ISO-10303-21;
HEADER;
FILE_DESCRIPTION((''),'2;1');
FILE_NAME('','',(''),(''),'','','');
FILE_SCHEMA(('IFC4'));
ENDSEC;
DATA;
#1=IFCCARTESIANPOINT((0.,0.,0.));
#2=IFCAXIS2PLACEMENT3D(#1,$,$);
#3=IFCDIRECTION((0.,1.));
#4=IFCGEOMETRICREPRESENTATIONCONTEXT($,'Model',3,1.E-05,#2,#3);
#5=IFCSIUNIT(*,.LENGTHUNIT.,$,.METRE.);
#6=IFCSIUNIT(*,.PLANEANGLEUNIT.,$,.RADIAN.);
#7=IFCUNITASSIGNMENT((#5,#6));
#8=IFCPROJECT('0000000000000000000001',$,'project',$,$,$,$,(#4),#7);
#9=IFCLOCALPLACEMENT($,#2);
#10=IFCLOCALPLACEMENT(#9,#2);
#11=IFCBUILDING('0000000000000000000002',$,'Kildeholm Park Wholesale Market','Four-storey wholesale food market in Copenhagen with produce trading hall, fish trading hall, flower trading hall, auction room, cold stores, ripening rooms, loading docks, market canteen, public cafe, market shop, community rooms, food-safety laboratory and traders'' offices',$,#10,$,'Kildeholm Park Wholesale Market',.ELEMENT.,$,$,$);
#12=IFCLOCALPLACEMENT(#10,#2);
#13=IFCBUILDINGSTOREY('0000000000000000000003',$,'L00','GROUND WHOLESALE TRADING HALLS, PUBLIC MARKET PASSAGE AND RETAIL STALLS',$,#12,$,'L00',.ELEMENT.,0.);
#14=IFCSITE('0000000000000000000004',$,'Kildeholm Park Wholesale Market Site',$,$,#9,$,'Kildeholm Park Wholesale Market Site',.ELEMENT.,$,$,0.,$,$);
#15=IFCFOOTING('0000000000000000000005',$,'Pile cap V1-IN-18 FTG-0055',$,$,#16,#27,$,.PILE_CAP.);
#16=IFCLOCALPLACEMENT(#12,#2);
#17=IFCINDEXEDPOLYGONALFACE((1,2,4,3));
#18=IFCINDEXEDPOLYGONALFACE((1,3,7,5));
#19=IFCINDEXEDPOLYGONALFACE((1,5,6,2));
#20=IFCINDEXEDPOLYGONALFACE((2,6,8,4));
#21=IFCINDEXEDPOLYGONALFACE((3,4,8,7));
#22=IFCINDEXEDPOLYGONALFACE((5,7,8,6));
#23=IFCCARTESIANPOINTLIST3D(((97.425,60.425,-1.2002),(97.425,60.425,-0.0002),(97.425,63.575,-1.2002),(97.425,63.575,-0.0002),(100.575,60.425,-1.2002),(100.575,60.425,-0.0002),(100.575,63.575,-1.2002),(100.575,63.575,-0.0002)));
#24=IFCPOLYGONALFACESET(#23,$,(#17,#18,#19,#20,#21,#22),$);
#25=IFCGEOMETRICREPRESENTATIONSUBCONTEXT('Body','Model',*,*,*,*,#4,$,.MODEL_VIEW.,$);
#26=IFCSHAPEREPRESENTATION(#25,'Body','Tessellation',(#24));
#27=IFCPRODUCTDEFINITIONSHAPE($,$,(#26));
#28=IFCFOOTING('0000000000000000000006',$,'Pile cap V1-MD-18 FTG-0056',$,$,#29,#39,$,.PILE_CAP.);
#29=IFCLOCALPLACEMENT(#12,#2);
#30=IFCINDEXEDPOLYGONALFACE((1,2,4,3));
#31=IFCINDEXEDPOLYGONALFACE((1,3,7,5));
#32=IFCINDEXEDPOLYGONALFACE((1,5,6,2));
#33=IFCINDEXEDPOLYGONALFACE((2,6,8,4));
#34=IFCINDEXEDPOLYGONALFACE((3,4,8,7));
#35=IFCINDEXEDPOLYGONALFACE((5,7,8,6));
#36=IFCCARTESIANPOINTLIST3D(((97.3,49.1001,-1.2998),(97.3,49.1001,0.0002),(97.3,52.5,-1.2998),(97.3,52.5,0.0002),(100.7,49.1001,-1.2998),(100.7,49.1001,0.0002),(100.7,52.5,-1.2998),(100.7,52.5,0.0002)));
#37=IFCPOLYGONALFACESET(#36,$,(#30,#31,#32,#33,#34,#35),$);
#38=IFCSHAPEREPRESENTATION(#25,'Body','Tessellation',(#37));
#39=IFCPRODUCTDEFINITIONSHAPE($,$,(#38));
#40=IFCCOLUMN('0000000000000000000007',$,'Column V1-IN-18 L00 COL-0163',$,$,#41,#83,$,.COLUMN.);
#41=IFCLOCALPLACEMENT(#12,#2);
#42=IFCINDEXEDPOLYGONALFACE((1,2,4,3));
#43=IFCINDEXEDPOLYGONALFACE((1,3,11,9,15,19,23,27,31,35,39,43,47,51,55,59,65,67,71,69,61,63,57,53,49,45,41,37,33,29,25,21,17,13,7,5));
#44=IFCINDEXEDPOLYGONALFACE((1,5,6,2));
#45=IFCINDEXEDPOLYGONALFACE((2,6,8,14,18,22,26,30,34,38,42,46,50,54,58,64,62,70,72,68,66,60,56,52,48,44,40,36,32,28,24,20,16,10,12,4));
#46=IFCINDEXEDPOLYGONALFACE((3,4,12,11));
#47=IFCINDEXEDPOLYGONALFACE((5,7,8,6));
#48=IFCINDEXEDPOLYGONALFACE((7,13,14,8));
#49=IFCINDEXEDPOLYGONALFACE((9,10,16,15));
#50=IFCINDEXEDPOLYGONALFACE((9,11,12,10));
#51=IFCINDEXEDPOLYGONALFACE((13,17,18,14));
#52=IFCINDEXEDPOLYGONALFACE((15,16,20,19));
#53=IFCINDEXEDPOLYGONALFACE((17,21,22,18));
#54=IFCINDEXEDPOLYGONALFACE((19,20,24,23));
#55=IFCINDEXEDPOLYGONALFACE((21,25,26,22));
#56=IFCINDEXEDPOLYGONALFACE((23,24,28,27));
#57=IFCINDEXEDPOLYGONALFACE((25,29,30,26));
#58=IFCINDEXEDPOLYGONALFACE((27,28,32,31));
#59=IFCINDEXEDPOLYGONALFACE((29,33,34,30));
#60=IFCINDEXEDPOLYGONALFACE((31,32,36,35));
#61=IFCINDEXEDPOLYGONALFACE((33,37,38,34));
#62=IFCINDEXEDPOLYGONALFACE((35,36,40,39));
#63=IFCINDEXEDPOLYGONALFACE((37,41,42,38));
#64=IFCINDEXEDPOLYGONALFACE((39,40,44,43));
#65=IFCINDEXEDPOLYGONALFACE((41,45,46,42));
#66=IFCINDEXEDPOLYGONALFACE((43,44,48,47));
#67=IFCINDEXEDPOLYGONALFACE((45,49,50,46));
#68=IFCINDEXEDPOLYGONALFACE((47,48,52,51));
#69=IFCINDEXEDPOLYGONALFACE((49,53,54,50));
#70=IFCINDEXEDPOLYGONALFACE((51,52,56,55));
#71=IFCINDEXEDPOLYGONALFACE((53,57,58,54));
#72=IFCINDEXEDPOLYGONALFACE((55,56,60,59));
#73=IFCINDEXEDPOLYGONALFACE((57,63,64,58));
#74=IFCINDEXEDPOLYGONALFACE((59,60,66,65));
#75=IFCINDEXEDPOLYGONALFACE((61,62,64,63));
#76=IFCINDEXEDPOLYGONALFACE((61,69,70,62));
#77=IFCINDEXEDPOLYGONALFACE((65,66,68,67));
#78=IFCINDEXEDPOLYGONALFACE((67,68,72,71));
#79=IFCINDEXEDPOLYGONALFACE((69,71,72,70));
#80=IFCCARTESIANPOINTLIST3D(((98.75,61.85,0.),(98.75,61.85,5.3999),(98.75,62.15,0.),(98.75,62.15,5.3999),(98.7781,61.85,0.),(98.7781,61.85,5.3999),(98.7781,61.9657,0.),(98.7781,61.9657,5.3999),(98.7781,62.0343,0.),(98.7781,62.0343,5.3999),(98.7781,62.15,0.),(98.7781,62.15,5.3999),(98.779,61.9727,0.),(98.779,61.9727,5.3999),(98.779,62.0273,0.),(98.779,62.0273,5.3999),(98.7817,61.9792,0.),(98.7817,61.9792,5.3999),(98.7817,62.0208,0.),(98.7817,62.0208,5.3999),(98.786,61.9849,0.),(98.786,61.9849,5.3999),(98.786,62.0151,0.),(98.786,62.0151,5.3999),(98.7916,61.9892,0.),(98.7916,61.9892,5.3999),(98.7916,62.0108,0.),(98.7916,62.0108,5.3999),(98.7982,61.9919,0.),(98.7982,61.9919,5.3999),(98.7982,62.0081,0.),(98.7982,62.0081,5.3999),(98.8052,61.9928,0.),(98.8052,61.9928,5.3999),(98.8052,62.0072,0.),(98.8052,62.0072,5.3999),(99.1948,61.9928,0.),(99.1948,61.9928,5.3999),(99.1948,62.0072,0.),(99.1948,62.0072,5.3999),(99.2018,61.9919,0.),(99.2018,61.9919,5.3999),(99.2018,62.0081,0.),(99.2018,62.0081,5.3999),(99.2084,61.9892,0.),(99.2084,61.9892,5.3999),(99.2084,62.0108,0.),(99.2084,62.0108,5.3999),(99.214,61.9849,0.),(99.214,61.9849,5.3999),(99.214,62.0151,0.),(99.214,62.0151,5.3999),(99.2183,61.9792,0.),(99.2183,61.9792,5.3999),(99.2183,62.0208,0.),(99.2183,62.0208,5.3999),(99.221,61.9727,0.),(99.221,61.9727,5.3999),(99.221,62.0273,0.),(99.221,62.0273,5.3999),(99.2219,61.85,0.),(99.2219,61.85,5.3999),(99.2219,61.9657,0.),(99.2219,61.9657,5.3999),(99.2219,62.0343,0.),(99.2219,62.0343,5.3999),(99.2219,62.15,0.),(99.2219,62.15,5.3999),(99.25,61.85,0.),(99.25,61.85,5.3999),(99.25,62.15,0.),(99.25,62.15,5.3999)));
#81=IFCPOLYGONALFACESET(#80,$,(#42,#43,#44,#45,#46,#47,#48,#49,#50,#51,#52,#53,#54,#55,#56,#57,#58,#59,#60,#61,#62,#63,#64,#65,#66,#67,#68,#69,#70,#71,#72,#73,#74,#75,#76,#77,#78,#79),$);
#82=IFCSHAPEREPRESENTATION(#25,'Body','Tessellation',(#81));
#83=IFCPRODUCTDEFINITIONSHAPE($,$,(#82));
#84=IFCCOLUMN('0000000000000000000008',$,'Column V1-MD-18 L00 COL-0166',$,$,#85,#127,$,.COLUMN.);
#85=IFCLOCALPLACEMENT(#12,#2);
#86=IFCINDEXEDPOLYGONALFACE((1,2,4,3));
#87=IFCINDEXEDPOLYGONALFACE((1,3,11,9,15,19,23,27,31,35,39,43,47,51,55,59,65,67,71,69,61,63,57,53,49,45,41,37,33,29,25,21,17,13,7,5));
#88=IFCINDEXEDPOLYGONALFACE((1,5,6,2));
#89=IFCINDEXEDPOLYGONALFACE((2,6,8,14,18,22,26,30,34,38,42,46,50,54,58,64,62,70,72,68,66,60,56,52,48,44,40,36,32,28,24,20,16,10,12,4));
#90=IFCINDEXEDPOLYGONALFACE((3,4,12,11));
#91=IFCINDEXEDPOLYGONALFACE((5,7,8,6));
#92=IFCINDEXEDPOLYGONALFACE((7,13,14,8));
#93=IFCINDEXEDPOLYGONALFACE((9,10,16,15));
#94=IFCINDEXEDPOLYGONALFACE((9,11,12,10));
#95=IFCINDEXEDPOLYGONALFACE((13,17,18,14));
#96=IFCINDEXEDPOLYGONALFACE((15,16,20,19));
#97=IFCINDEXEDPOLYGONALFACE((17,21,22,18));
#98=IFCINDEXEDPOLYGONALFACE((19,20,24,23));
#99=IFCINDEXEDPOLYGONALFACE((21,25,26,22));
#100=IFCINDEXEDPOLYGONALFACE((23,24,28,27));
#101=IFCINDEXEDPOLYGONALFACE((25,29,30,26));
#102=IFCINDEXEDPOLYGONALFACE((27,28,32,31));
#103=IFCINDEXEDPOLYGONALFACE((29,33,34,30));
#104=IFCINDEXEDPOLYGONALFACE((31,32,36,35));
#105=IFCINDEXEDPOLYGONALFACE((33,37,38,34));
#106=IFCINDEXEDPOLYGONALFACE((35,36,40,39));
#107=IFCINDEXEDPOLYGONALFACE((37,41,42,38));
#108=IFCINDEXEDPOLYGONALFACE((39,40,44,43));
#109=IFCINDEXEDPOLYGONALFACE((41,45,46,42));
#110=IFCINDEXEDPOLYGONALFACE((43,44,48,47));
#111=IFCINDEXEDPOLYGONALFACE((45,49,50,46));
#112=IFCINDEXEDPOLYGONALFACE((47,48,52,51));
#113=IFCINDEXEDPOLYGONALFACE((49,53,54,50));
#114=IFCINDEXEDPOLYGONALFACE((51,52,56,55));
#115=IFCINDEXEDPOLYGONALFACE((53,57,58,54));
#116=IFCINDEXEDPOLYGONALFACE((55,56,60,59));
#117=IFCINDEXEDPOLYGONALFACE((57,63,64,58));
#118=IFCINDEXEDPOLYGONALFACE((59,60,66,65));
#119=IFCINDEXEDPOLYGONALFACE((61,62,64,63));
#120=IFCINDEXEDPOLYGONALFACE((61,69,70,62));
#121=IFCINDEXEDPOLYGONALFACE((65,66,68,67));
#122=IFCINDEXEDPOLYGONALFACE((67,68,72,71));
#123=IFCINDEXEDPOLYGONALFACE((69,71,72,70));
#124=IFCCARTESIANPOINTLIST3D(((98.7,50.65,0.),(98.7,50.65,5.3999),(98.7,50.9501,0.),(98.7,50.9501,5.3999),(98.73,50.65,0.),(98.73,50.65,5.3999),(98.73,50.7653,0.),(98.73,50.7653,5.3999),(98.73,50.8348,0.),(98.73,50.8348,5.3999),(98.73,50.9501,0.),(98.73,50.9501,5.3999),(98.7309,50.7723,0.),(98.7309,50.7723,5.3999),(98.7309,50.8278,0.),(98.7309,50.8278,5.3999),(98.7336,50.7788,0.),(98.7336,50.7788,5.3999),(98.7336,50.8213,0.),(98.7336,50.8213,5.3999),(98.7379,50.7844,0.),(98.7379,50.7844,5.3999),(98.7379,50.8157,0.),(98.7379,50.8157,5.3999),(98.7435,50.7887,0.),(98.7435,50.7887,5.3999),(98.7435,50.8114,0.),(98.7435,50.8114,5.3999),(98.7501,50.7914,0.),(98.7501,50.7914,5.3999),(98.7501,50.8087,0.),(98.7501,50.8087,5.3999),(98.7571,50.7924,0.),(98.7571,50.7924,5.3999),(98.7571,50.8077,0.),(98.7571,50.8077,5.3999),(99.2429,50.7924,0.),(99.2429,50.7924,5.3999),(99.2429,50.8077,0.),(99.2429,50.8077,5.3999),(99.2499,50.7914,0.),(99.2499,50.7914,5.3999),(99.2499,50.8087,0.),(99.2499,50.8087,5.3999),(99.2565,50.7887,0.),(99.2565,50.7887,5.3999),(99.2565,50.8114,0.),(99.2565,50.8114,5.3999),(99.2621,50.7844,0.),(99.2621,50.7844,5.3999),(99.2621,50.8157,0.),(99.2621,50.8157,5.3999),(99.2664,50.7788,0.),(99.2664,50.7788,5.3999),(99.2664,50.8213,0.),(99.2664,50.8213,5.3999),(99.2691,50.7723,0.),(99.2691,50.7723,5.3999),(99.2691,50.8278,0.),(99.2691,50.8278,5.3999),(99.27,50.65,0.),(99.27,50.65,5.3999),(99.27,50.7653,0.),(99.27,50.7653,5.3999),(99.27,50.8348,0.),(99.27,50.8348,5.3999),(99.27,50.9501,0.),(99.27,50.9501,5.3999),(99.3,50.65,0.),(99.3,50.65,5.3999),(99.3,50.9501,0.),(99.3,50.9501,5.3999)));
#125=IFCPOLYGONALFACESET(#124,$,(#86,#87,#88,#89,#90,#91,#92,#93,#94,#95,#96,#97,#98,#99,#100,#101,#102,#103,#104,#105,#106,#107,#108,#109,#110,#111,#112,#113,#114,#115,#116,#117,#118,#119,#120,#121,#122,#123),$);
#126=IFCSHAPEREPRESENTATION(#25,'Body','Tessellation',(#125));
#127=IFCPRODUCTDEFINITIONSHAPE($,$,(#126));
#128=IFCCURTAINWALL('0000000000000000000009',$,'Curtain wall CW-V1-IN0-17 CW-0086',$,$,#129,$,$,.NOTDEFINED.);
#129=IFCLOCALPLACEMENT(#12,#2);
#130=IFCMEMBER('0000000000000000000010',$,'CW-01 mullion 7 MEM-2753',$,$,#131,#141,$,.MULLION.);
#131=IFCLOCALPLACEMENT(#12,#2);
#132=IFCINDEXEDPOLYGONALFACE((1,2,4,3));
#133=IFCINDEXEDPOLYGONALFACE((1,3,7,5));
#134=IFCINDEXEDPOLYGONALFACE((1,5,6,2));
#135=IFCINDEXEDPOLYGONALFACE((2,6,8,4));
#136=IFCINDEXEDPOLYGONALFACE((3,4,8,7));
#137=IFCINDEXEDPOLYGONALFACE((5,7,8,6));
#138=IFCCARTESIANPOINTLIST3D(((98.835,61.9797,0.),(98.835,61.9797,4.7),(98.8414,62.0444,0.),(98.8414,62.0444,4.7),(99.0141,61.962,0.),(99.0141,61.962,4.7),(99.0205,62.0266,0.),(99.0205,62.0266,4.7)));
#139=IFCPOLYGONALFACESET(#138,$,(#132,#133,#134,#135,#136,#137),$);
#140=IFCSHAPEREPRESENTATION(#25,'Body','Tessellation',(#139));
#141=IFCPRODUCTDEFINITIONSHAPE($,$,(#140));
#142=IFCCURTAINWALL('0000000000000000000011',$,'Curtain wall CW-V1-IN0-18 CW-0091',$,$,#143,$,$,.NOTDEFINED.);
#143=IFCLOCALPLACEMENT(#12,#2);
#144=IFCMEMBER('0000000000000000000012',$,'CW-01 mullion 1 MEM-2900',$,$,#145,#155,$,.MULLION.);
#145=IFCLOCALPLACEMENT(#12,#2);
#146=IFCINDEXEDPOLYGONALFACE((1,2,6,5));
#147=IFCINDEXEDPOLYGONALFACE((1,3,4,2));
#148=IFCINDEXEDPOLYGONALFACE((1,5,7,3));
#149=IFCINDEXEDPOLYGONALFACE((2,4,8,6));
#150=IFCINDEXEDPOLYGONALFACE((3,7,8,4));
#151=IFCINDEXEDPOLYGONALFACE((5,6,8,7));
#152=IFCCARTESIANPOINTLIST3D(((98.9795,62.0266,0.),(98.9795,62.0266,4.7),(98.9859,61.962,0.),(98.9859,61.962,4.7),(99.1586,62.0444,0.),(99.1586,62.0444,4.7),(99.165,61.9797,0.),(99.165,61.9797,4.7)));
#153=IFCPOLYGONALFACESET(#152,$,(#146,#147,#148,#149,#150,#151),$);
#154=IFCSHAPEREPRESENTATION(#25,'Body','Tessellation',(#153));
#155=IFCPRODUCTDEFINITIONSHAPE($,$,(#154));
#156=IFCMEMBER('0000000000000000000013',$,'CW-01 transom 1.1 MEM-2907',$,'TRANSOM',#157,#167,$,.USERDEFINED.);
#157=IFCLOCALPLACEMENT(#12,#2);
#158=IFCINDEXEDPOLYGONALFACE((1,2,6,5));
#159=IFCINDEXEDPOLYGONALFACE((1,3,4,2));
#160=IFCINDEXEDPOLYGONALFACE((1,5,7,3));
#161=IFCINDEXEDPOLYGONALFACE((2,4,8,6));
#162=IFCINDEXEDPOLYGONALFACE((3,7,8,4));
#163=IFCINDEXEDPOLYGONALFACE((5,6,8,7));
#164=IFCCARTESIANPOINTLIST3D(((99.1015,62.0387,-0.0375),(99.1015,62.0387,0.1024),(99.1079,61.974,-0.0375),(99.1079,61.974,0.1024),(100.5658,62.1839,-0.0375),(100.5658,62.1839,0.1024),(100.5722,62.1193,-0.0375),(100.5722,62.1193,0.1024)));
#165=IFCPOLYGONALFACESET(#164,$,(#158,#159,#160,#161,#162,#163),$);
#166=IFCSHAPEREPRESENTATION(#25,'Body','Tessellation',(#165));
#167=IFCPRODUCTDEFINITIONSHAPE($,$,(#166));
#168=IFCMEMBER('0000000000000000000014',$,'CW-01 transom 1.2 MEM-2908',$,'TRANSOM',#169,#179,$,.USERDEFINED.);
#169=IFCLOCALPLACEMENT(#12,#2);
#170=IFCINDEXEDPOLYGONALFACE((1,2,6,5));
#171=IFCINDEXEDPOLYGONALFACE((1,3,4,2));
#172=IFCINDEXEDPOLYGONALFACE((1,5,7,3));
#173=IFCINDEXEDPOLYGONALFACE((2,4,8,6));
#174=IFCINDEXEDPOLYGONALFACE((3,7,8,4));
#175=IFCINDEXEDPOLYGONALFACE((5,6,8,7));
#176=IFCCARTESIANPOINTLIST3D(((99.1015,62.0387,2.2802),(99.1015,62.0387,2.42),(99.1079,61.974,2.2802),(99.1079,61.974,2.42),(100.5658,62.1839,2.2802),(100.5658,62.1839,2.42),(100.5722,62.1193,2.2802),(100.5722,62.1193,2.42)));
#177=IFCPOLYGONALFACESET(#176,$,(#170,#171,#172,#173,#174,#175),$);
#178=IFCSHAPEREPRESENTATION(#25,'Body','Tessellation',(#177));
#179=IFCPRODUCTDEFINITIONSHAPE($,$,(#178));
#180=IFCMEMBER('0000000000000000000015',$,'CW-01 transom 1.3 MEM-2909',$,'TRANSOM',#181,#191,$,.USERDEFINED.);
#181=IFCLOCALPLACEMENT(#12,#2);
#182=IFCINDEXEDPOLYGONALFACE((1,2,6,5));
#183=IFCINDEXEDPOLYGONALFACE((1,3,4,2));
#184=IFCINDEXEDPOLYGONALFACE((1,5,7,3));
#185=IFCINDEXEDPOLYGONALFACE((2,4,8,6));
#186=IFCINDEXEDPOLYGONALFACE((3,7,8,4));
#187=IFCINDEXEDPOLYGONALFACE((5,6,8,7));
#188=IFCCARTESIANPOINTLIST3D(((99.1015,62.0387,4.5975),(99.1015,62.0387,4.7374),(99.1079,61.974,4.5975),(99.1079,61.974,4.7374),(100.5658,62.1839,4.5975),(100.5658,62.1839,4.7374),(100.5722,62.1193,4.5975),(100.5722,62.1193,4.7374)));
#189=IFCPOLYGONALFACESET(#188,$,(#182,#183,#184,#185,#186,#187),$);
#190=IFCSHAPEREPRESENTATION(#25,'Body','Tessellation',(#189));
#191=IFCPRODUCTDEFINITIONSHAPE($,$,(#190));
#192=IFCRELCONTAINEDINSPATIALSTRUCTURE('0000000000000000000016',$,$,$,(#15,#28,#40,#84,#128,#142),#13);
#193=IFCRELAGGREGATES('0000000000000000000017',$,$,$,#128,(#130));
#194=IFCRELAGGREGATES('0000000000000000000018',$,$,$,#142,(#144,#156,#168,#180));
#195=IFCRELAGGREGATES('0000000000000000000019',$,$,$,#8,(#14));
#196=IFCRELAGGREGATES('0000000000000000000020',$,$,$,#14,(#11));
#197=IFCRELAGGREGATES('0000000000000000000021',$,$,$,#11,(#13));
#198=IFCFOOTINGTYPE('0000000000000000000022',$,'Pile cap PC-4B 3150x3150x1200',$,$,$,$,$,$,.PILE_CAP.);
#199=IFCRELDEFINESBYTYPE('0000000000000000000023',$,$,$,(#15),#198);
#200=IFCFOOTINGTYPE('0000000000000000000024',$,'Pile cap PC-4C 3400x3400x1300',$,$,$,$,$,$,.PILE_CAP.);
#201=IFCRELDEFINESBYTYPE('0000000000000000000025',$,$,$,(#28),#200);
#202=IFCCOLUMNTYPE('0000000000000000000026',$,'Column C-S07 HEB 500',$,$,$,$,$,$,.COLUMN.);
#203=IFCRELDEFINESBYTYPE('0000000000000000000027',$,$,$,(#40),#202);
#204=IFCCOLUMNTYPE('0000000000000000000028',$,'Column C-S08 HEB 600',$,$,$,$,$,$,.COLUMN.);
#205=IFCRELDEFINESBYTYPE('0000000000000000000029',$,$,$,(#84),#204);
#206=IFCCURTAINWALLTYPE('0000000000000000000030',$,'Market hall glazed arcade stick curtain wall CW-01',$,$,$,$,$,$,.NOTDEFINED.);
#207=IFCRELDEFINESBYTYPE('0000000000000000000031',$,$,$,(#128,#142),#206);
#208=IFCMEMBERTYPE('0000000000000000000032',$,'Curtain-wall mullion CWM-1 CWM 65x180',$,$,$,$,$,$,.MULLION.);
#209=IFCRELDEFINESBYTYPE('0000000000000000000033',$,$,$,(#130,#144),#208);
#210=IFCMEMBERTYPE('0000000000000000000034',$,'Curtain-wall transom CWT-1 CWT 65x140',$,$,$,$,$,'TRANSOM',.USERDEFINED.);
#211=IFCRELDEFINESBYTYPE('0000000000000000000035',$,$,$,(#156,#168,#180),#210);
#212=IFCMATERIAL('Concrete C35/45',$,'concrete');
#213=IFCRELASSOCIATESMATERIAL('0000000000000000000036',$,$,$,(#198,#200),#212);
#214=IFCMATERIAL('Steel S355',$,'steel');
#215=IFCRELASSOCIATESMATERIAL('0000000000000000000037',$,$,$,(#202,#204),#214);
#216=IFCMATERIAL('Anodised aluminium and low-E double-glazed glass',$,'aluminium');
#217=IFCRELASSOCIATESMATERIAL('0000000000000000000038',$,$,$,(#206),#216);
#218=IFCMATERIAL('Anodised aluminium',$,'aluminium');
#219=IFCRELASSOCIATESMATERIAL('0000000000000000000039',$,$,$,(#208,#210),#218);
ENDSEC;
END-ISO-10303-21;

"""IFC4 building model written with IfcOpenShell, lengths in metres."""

from ifc_helpers import new_model, si_unit, direction, frame, origin, origin_2d, place, context, subcontext, project, spatial, rectangle, i_section, extrude, material, material_profile, profile_set, type_object, element, aggregate, save


model = new_model("IFC4")

# Units and contexts
model_context = context("Model", 3, precision=1e-05, world=origin(), true_north=direction((0.0, 1.0)))
body_context = subcontext(model_context, "Body", "Model", "MODEL_VIEW")
ifc_project = project(units=[si_unit("LENGTHUNIT", "METRE"), si_unit("PLANEANGLEUNIT", "RADIAN")], contexts=[model_context])

# Site, building, storey
site_placement = place(None, origin())
site = spatial("IfcSite", under=ifc_project, at=site_placement, Name="Kildeholm Park Wholesale Market Site", LongName="Kildeholm Park Wholesale Market Site", CompositionType="ELEMENT", RefElevation=0.0)
building_placement = place(site_placement, origin())
building = spatial("IfcBuilding", under=site, at=building_placement, Name="Kildeholm Park Wholesale Market", Description="Four-storey wholesale food market in Copenhagen with produce trading hall, fish trading hall, flower trading hall, auction room, cold stores, ripening rooms, loading docks, market canteen, public cafe, market shop, community rooms, food-safety laboratory and traders' offices", LongName="Kildeholm Park Wholesale Market", CompositionType="ELEMENT")
storey_placement = place(building_placement, origin())
storey = spatial("IfcBuildingStorey", under=building, at=storey_placement, Name="L00", Description="GROUND WHOLESALE TRADING HALLS, PUBLIC MARKET PASSAGE AND RETAIL STALLS", LongName="L00", CompositionType="ELEMENT", Elevation=0.0)

# Shared definitions
ifc_material_1 = material(Name="Concrete C35/45", Category="concrete")

# Footings
footing_type_1 = type_object("IfcFootingType", Name="Pile cap PC-4B 3150x3150x1200", PredefinedType="PILE_CAP", material=ifc_material_1)
footing_1_placement = place(storey_placement, frame((99.0, 62.0, -1.2002), z_axis=(0.0, 0.0, 1.0), x_axis=(0.0, -1.0, 0.0)))
element("IfcFooting", 1, at=footing_1_placement, inside=storey, type_object=footing_type_1, Name="Pile cap V1-IN-18 FTG-0055", PredefinedType="PILE_CAP", context=body_context, shape_type="SweptSolid", body=[
    extrude(rectangle(XDim=3.1499, YDim=3.1499, at=origin_2d()), origin(), (0.0, 0.0, 1.0), 1.2),
])
footing_type_2 = type_object("IfcFootingType", Name="Pile cap PC-4C 3400x3400x1300", PredefinedType="PILE_CAP", material=ifc_material_1)
footing_2_placement = place(storey_placement, frame((99.0, 50.8, -1.2998), z_axis=(0.0, 0.0, 1.0), x_axis=(0.0, -1.0, 0.0)))
element("IfcFooting", 2, at=footing_2_placement, inside=storey, type_object=footing_type_2, Name="Pile cap V1-MD-18 FTG-0056", PredefinedType="PILE_CAP", context=body_context, shape_type="SweptSolid", body=[
    extrude(rectangle(XDim=3.3999, YDim=3.3999, at=origin_2d()), origin(), (0.0, 0.0, 1.0), 1.3),
])

# Columns
ifc_material_2 = material(Name="Steel S355", Category="steel")
ifc_material_profile_1 = material_profile(ifc_material_2, i_section(OverallWidth=0.3, OverallDepth=0.5, WebThickness=0.0144, FlangeThickness=0.0281, FilletRadius=0.0271, at=origin_2d()), Name="HEB 500")
ifc_profile_set_1 = profile_set([ifc_material_profile_1], Name="Steel S355")
column_type_1 = type_object("IfcColumnType", Name="Column C-S07 HEB 500", PredefinedType="COLUMN", material=ifc_profile_set_1)
column_1_placement = place(storey_placement, frame((99.0, 62.0, 0.0), z_axis=(0.0, 0.0, 1.0), x_axis=(0.0, -1.0, 0.0)))
element("IfcColumn", 3, at=column_1_placement, inside=storey, type_object=column_type_1, Name="Column V1-IN-18 L00 COL-0163", PredefinedType="COLUMN", context=body_context, shape_type="SweptSolid", body=[
    extrude(i_section(OverallWidth=0.3, OverallDepth=0.5, WebThickness=0.0144, FlangeThickness=0.0281, FilletRadius=0.0271, at=origin_2d()), origin(), (0.0, 0.0, 1.0), 5.3999),
])
ifc_material_profile_2 = material_profile(ifc_material_2, i_section(OverallWidth=0.3, OverallDepth=0.6001, WebThickness=0.0154, FlangeThickness=0.03, FilletRadius=0.0271, at=origin_2d()), Name="HEB 600")
ifc_profile_set_2 = profile_set([ifc_material_profile_2], Name="Steel S355")
column_type_2 = type_object("IfcColumnType", Name="Column C-S08 HEB 600", PredefinedType="COLUMN", material=ifc_profile_set_2)
column_2_placement = place(storey_placement, frame((99.0, 50.8, 0.0), z_axis=(0.0, 0.0, 1.0), x_axis=(0.0, -1.0, 0.0)))
element("IfcColumn", 4, at=column_2_placement, inside=storey, type_object=column_type_2, Name="Column V1-MD-18 L00 COL-0166", PredefinedType="COLUMN", context=body_context, shape_type="SweptSolid", body=[
    extrude(i_section(OverallWidth=0.3, OverallDepth=0.6001, WebThickness=0.0154, FlangeThickness=0.03, FilletRadius=0.0271, at=origin_2d()), origin(), (0.0, 0.0, 1.0), 5.3999),
])

# Curtain wall, member
ifc_material_3 = material(Name="Anodised aluminium and low-E double-glazed glass", Category="aluminium")
curtain_wall_type = type_object("IfcCurtainWallType", Name="Market hall glazed arcade stick curtain wall CW-01", PredefinedType="NOTDEFINED", material=ifc_material_3)
curtain_wall_1_placement = place(storey_placement, origin())
curtain_wall_1 = element("IfcCurtainWall", 5, at=curtain_wall_1_placement, inside=storey, type_object=curtain_wall_type, Name="Curtain wall CW-V1-IN0-17 CW-0086", PredefinedType="NOTDEFINED")
ifc_material_4 = material(Name="Anodised aluminium", Category="aluminium")
ifc_material_profile_3 = material_profile(ifc_material_4, rectangle(XDim=0.0649, YDim=0.1799, at=origin_2d()), Name="CWM 65x180")
ifc_profile_set_3 = profile_set([ifc_material_profile_3], Name="Anodised aluminium")
member_type_1 = type_object("IfcMemberType", Name="Curtain-wall mullion CWM-1 CWM 65x180", PredefinedType="MULLION", material=ifc_profile_set_3)
member_1_placement = place(storey_placement, frame((98.9277, 62.0032, 0.0), z_axis=(0.0, 0.0, 1.0), x_axis=(0.098683, 0.995119, 0.0)))
member_1 = element("IfcMember", 6, at=member_1_placement, type_object=member_type_1, Name="CW-01 mullion 7 MEM-2753", PredefinedType="MULLION", context=body_context, shape_type="SweptSolid", body=[
    extrude(rectangle(XDim=0.0649, YDim=0.1799, at=origin_2d()), origin(), (0.0, 0.0, 1.0), 4.7),
])

# Curtain wall, members
curtain_wall_2_placement = place(storey_placement, origin())
curtain_wall_2 = element("IfcCurtainWall", 7, at=curtain_wall_2_placement, inside=storey, type_object=curtain_wall_type, Name="Curtain wall CW-V1-IN0-18 CW-0091", PredefinedType="NOTDEFINED")
member_2_placement = place(storey_placement, frame((99.0723, 62.0032, 0.0), z_axis=(0.0, 0.0, 1.0), x_axis=(-0.098683, 0.995119, 0.0)))
member_2 = element("IfcMember", 8, at=member_2_placement, type_object=member_type_1, Name="CW-01 mullion 1 MEM-2900", PredefinedType="MULLION", context=body_context, shape_type="SweptSolid", body=[
    extrude(rectangle(XDim=0.0649, YDim=0.1799, at=origin_2d()), origin(), (0.0, 0.0, 1.0), 4.7),
])
ifc_material_profile_4 = material_profile(ifc_material_4, rectangle(XDim=0.0649, YDim=0.1399, at=origin_2d()), Name="CWT 65x140")
ifc_profile_set_4 = profile_set([ifc_material_profile_4], Name="Anodised aluminium")
member_type_2 = type_object("IfcMemberType", Name="Curtain-wall transom CWT-1 CWT 65x140", ElementType="TRANSOM", PredefinedType="USERDEFINED", material=ifc_profile_set_4)
member_3_placement = place(storey_placement, frame((99.1047, 62.0063, 0.0325), z_axis=(0.995116, 0.098715, 0.0), x_axis=(-0.098715, 0.995116, 0.0)))
member_3 = element("IfcMember", 9, at=member_3_placement, type_object=member_type_2, Name="CW-01 transom 1.1 MEM-2907", ObjectType="TRANSOM", PredefinedType="USERDEFINED", context=body_context, shape_type="SweptSolid", body=[
    extrude(rectangle(XDim=0.0649, YDim=0.1399, at=origin_2d()), origin(), (0.0, 0.0, 1.0), 1.4714),
])
member_4_placement = place(storey_placement, frame((99.1047, 62.0063, 2.3501), z_axis=(0.995116, 0.098715, 0.0), x_axis=(-0.098715, 0.995116, 0.0)))
member_4 = element("IfcMember", 10, at=member_4_placement, type_object=member_type_2, Name="CW-01 transom 1.2 MEM-2908", ObjectType="TRANSOM", PredefinedType="USERDEFINED", context=body_context, shape_type="SweptSolid", body=[
    extrude(rectangle(XDim=0.0649, YDim=0.1399, at=origin_2d()), origin(), (0.0, 0.0, 1.0), 1.4714),
])
member_5_placement = place(storey_placement, frame((99.1047, 62.0063, 4.6675), z_axis=(0.995116, 0.098715, 0.0), x_axis=(-0.098715, 0.995116, 0.0)))
member_5 = element("IfcMember", 11, at=member_5_placement, type_object=member_type_2, Name="CW-01 transom 1.3 MEM-2909", ObjectType="TRANSOM", PredefinedType="USERDEFINED", context=body_context, shape_type="SweptSolid", body=[
    extrude(rectangle(XDim=0.0649, YDim=0.1399, at=origin_2d()), origin(), (0.0, 0.0, 1.0), 1.4714),
])

aggregate(curtain_wall_1, [member_1])
aggregate(curtain_wall_2, [member_2, member_3, member_4, member_5])

save(model, "model.ifc")
